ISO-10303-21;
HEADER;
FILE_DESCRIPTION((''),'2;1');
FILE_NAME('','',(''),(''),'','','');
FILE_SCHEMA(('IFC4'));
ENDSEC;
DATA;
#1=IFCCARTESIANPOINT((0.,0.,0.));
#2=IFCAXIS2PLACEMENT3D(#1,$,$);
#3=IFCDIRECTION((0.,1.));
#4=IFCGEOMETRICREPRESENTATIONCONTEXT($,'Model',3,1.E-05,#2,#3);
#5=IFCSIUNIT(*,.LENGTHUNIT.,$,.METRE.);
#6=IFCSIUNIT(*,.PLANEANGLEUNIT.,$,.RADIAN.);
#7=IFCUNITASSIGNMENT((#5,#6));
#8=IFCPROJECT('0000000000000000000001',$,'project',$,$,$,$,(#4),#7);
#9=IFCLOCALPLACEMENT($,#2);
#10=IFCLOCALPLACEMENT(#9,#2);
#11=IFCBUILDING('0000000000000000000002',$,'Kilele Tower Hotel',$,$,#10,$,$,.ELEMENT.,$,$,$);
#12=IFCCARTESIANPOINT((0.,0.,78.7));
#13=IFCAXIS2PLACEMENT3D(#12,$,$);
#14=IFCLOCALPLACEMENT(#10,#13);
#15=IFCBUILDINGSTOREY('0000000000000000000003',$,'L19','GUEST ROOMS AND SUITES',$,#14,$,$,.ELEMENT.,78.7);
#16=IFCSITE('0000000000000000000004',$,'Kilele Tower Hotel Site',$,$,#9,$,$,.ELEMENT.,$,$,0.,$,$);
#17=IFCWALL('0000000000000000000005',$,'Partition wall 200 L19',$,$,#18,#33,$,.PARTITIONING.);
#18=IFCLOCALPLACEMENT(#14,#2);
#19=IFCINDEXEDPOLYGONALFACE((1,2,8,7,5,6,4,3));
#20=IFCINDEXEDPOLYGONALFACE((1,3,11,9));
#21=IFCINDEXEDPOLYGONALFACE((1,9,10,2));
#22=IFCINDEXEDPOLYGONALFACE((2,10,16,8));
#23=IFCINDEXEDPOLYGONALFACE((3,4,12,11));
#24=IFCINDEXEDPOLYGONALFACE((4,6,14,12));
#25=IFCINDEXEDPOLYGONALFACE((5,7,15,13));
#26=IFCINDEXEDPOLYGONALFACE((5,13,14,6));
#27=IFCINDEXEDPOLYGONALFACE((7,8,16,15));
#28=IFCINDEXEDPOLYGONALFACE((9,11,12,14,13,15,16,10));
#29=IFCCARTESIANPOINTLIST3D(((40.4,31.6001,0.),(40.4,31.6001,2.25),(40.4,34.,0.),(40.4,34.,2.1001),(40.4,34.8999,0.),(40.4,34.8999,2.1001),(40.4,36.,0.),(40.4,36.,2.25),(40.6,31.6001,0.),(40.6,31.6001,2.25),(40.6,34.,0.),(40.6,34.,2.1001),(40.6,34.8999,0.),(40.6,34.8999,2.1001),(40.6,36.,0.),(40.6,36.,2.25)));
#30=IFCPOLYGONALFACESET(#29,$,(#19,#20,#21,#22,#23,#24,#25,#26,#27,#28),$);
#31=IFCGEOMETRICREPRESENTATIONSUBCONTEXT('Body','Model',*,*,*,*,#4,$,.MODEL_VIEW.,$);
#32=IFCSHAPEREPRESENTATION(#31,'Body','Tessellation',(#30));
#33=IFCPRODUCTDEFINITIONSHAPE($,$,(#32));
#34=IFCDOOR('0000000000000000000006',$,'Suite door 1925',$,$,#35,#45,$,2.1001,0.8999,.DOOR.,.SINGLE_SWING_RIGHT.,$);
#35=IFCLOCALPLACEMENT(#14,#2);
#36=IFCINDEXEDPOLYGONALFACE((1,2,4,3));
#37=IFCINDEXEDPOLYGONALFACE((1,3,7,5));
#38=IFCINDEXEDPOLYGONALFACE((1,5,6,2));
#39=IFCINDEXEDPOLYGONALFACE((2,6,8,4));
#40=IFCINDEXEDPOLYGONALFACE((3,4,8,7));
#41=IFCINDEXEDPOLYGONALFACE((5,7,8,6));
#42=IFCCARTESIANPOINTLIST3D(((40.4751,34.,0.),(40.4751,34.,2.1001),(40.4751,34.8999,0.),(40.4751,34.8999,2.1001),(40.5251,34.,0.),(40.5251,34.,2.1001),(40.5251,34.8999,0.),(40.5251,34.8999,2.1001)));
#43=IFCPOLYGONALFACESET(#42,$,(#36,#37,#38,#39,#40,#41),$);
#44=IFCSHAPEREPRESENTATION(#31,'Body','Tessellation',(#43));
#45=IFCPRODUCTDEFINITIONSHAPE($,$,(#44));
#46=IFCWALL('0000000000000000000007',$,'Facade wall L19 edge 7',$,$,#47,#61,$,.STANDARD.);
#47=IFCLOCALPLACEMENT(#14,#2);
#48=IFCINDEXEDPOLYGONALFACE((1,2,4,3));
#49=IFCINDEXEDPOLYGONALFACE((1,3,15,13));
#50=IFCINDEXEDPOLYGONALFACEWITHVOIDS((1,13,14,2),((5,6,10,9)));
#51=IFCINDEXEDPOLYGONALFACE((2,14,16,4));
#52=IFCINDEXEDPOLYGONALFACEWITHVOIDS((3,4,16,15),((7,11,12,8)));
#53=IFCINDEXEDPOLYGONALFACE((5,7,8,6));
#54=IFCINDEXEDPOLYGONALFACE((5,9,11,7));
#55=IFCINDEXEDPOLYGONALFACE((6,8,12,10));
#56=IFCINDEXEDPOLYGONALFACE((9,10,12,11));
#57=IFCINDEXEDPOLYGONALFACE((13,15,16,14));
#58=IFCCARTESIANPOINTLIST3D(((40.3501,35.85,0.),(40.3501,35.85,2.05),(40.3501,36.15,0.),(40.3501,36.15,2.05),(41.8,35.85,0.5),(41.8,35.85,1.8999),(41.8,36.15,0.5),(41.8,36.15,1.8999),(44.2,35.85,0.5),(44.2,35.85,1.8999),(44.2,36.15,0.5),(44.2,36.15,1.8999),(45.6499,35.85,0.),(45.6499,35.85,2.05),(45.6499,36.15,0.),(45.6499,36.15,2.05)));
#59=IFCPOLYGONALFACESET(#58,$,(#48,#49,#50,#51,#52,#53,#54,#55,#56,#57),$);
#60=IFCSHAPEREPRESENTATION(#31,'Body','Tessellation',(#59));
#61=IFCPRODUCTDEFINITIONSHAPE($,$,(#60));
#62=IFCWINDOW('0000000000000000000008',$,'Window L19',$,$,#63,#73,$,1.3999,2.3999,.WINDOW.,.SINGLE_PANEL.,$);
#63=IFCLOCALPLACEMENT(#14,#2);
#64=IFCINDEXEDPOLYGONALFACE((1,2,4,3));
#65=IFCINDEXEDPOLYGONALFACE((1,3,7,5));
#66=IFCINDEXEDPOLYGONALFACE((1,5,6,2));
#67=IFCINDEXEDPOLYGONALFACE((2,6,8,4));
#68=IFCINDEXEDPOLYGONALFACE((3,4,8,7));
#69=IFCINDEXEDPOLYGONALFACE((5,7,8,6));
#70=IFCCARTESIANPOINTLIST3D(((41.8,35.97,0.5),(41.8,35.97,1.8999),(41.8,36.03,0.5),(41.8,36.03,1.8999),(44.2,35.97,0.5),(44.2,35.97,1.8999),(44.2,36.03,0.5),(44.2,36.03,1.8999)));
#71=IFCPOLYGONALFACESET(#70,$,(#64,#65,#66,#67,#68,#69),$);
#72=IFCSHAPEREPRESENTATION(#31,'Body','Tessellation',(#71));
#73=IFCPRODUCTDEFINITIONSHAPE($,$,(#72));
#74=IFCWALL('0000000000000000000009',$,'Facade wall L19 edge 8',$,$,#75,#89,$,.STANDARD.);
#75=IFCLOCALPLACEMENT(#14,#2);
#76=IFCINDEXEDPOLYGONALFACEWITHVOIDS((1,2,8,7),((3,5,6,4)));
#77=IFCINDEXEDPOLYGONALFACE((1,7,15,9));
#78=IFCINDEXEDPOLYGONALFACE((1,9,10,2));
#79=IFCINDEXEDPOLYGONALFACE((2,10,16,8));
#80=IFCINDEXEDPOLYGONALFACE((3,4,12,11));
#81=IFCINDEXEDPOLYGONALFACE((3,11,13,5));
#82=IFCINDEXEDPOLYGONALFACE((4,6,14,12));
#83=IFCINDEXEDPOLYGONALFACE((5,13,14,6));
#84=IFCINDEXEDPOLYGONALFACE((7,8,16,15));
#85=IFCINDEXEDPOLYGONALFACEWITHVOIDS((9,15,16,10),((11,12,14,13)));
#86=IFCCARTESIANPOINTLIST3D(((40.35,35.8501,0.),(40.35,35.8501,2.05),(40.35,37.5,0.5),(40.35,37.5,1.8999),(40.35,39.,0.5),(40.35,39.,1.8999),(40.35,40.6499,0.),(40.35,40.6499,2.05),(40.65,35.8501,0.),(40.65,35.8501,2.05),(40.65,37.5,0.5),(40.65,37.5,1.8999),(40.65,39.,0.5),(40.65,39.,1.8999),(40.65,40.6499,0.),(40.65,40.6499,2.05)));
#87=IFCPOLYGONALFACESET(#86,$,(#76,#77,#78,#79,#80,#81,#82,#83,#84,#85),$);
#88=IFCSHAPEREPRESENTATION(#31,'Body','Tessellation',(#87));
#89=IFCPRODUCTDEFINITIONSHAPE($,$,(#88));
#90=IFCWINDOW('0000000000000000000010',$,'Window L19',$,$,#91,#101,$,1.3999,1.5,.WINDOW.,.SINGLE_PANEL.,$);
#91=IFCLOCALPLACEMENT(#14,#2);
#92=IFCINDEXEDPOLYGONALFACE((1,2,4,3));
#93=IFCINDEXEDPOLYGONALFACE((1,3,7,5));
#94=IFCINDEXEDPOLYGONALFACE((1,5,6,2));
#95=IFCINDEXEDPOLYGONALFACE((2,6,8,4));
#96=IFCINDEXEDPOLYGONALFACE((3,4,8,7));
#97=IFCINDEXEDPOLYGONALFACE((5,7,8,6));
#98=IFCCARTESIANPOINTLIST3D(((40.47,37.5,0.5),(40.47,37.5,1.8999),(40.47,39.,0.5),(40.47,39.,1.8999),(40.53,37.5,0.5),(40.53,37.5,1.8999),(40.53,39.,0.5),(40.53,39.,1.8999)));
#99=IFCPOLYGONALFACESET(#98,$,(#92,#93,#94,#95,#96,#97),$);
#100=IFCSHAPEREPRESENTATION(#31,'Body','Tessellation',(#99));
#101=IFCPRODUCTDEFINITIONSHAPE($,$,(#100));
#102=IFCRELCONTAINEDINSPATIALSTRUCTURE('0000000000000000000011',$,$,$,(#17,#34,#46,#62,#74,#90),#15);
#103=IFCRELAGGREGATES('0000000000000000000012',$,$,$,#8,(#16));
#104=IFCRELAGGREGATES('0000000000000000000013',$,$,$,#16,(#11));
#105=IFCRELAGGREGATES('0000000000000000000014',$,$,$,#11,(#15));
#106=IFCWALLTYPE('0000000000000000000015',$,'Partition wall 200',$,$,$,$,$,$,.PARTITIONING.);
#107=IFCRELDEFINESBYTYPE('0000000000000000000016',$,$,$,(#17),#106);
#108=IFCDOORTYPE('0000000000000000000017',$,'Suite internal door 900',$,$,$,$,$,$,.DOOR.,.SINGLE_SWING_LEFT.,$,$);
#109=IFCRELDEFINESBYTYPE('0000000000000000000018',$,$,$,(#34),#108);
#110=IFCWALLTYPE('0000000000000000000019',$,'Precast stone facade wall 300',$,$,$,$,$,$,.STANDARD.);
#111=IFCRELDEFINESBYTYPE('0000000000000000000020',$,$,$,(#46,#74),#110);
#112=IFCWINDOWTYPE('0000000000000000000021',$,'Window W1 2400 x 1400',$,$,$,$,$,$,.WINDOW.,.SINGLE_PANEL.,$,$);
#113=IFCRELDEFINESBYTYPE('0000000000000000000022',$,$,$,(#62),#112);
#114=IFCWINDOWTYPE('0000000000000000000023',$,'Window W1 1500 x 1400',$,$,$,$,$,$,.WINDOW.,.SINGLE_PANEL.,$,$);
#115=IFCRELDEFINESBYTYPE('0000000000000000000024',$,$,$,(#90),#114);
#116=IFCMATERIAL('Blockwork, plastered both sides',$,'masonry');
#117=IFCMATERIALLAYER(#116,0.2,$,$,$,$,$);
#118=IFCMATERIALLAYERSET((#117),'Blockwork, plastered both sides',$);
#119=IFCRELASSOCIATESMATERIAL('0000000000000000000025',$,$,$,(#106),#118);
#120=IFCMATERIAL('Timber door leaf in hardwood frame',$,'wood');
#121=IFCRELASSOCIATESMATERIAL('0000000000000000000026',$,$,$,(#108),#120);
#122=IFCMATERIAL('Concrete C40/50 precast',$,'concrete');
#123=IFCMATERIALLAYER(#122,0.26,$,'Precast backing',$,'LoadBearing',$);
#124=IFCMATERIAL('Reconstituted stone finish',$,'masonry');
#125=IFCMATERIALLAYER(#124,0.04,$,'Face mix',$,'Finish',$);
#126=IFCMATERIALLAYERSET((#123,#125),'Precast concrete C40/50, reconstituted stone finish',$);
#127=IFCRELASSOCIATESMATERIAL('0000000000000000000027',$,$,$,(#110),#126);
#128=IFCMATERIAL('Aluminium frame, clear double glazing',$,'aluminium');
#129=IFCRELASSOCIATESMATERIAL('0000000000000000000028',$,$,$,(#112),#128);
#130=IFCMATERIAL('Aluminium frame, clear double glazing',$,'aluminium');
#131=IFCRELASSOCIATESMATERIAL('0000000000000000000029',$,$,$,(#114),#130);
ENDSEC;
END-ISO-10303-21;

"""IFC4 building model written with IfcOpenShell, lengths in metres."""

from ifc_helpers import new_model, si_unit, direction, frame, frame_2d, origin, place, context, subcontext, project, spatial, rectangle, extrude, material, layer, layer_set, type_object, element, fill, save


model = new_model("IFC4")

# Units and contexts
model_context = context("Model", 3, precision=1e-05, world=origin(), true_north=direction((0.0, 1.0)))
body_context = subcontext(model_context, "Body", "Model", "MODEL_VIEW")
ifc_project = project(units=[si_unit("LENGTHUNIT", "METRE"), si_unit("PLANEANGLEUNIT", "RADIAN")], contexts=[model_context])

# Site, building, storey
site_placement = place(None, origin())
site = spatial("IfcSite", under=ifc_project, at=site_placement, Name="Kilele Tower Hotel Site", CompositionType="ELEMENT", RefElevation=0.0)
building_placement = place(site_placement, origin())
building = spatial("IfcBuilding", under=site, at=building_placement, Name="Kilele Tower Hotel", CompositionType="ELEMENT")
storey_placement = place(building_placement, frame((0.0, 0.0, 78.7)))
storey = spatial("IfcBuildingStorey", under=building, at=storey_placement, Name="L19", Description="GUEST ROOMS AND SUITES", CompositionType="ELEMENT", Elevation=78.7)

# Wall, opening, door
ifc_material_1 = material(Name="Blockwork, plastered both sides", Category="masonry")
ifc_layer_1 = layer(ifc_material_1, 0.2)
ifc_layer_set_1 = layer_set([ifc_layer_1], Name="Blockwork, plastered both sides")
wall_type_1 = type_object("IfcWallType", Name="Partition wall 200", PredefinedType="PARTITIONING", material=ifc_layer_set_1)
wall_1_placement = place(storey_placement, frame((40.5, 31.6001, 0.0), z_axis=(0.0, 0.0, 1.0), x_axis=(0.0, 1.0, 0.0)))
wall_1 = element("IfcWall", 1, at=wall_1_placement, inside=storey, type_object=wall_type_1, Name="Partition wall 200 L19", PredefinedType="PARTITIONING", context=body_context, shape_type="SweptSolid", body=[
    extrude(rectangle(XDim=4.3999, YDim=0.2, at=frame_2d((2.2, 0.0))), origin(), (0.0, 0.0, 1.0), 2.25),
])
opening_1_placement = place(wall_1_placement, frame((2.3999, 0.0, 0.0)))
opening_1 = element("IfcOpeningElement", 2, at=opening_1_placement, cuts=wall_1, PredefinedType="OPENING", context=body_context, shape_type="SweptSolid", body=[
    extrude(rectangle(XDim=0.8999, YDim=2.1001, at=frame_2d((0.45, 1.05))), frame((0.0, 0.1099, 0.0), z_axis=(0.0, -1.0, 0.0), x_axis=(1.0, 0.0, 0.0)), (0.0, 0.0, 1.0), 0.22),
])
ifc_material_2 = material(Name="Timber door leaf in hardwood frame", Category="wood")
door_type_1 = type_object("IfcDoorType", Name="Suite internal door 900", OperationType="SINGLE_SWING_LEFT", PredefinedType="DOOR", material=ifc_material_2)
door_1_placement = place(opening_1_placement, origin())
door_1 = element("IfcDoor", 3, at=door_1_placement, inside=storey, type_object=door_type_1, Name="Suite door 1925", OperationType="SINGLE_SWING_RIGHT", OverallHeight=2.1001, OverallWidth=0.8999, PredefinedType="DOOR", context=body_context, shape_type="SweptSolid", body=[
    extrude(rectangle(XDim=0.8999, YDim=2.1001, at=frame_2d((0.45, 1.05))), frame((0.0, 0.0249, 0.0), z_axis=(0.0, -1.0, 0.0), x_axis=(1.0, 0.0, 0.0)), (0.0, 0.0, 1.0), 0.05),
])
fill(opening_1, door_1)

# Walls, openings, windows
ifc_material_3 = material(Name="Concrete C40/50 precast", Category="concrete")
ifc_layer_2 = layer(ifc_material_3, 0.26, Name="Precast backing", Category="LoadBearing")
ifc_material_4 = material(Name="Reconstituted stone finish", Category="masonry")
ifc_layer_3 = layer(ifc_material_4, 0.04, Name="Face mix", Category="Finish")
ifc_layer_set_2 = layer_set([ifc_layer_2, ifc_layer_3], Name="Precast concrete C40/50, reconstituted stone finish")
wall_type_2 = type_object("IfcWallType", Name="Precast stone facade wall 300", PredefinedType="STANDARD", material=ifc_layer_set_2)
wall_2_placement = place(storey_placement, frame((45.6499, 36.0, 0.0), z_axis=(0.0, 0.0, 1.0), x_axis=(-1.0, 0.0, 0.0)))
wall_2 = element("IfcWall", 4, at=wall_2_placement, inside=storey, type_object=wall_type_2, Name="Facade wall L19 edge 7", PredefinedType="STANDARD", context=body_context, shape_type="SweptSolid", body=[
    extrude(rectangle(XDim=5.2998, YDim=0.3, at=frame_2d((2.6499, 0.0))), origin(), (0.0, 0.0, 1.0), 2.05),
])
opening_2_placement = place(wall_2_placement, frame((1.45, 0.0, 0.5)))
opening_2 = element("IfcOpeningElement", 5, at=opening_2_placement, cuts=wall_2, PredefinedType="OPENING", context=body_context, shape_type="SweptSolid", body=[
    extrude(rectangle(XDim=2.3999, YDim=1.3999, at=frame_2d((1.2, 0.7))), frame((0.0, 0.1599, 0.0), z_axis=(0.0, -1.0, 0.0), x_axis=(1.0, 0.0, 0.0)), (0.0, 0.0, 1.0), 0.3201),
])
ifc_material_5 = material(Name="Aluminium frame, clear double glazing", Category="aluminium")
window_type_1 = type_object("IfcWindowType", Name="Window W1 2400 x 1400", PartitioningType="SINGLE_PANEL", PredefinedType="WINDOW", material=ifc_material_5)
window_1_placement = place(opening_2_placement, origin())
window_1 = element("IfcWindow", 6, at=window_1_placement, inside=storey, type_object=window_type_1, Name="Window L19", OverallHeight=1.3999, OverallWidth=2.3999, PartitioningType="SINGLE_PANEL", PredefinedType="WINDOW", context=body_context, shape_type="SweptSolid", body=[
    extrude(rectangle(XDim=2.3999, YDim=1.3999, at=frame_2d((1.2, 0.7))), frame((0.0, 0.03, 0.0), z_axis=(0.0, -1.0, 0.0), x_axis=(1.0, 0.0, 0.0)), (0.0, 0.0, 1.0), 0.0601),
])
fill(opening_2, window_1)
wall_3_placement = place(storey_placement, frame((40.5, 35.8501, 0.0), z_axis=(0.0, 0.0, 1.0), x_axis=(0.0, 1.0, 0.0)))
wall_3 = element("IfcWall", 7, at=wall_3_placement, inside=storey, type_object=wall_type_2, Name="Facade wall L19 edge 8", PredefinedType="STANDARD", context=body_context, shape_type="SweptSolid", body=[
    extrude(rectangle(XDim=4.7998, YDim=0.3, at=frame_2d((2.3999, 0.0))), origin(), (0.0, 0.0, 1.0), 2.05),
])
opening_3_placement = place(wall_3_placement, frame((1.6499, 0.0, 0.5)))
opening_3 = element("IfcOpeningElement", 8, at=opening_3_placement, cuts=wall_3, PredefinedType="OPENING", context=body_context, shape_type="SweptSolid", body=[
    extrude(rectangle(XDim=1.5, YDim=1.3999, at=frame_2d((0.75, 0.7))), frame((0.0, 0.1599, 0.0), z_axis=(0.0, -1.0, 0.0), x_axis=(1.0, 0.0, 0.0)), (0.0, 0.0, 1.0), 0.3201),
])
ifc_material_6 = material(Name="Aluminium frame, clear double glazing", Category="aluminium")
window_type_2 = type_object("IfcWindowType", Name="Window W1 1500 x 1400", PartitioningType="SINGLE_PANEL", PredefinedType="WINDOW", material=ifc_material_6)
window_2_placement = place(opening_3_placement, origin())
window_2 = element("IfcWindow", 9, at=window_2_placement, inside=storey, type_object=window_type_2, Name="Window L19", OverallHeight=1.3999, OverallWidth=1.5, PartitioningType="SINGLE_PANEL", PredefinedType="WINDOW", context=body_context, shape_type="SweptSolid", body=[
    extrude(rectangle(XDim=1.5, YDim=1.3999, at=frame_2d((0.75, 0.7))), frame((0.0, 0.03, 0.0), z_axis=(0.0, -1.0, 0.0), x_axis=(1.0, 0.0, 0.0)), (0.0, 0.0, 1.0), 0.0601),
])
fill(opening_3, window_2)

save(model, "model.ifc")
